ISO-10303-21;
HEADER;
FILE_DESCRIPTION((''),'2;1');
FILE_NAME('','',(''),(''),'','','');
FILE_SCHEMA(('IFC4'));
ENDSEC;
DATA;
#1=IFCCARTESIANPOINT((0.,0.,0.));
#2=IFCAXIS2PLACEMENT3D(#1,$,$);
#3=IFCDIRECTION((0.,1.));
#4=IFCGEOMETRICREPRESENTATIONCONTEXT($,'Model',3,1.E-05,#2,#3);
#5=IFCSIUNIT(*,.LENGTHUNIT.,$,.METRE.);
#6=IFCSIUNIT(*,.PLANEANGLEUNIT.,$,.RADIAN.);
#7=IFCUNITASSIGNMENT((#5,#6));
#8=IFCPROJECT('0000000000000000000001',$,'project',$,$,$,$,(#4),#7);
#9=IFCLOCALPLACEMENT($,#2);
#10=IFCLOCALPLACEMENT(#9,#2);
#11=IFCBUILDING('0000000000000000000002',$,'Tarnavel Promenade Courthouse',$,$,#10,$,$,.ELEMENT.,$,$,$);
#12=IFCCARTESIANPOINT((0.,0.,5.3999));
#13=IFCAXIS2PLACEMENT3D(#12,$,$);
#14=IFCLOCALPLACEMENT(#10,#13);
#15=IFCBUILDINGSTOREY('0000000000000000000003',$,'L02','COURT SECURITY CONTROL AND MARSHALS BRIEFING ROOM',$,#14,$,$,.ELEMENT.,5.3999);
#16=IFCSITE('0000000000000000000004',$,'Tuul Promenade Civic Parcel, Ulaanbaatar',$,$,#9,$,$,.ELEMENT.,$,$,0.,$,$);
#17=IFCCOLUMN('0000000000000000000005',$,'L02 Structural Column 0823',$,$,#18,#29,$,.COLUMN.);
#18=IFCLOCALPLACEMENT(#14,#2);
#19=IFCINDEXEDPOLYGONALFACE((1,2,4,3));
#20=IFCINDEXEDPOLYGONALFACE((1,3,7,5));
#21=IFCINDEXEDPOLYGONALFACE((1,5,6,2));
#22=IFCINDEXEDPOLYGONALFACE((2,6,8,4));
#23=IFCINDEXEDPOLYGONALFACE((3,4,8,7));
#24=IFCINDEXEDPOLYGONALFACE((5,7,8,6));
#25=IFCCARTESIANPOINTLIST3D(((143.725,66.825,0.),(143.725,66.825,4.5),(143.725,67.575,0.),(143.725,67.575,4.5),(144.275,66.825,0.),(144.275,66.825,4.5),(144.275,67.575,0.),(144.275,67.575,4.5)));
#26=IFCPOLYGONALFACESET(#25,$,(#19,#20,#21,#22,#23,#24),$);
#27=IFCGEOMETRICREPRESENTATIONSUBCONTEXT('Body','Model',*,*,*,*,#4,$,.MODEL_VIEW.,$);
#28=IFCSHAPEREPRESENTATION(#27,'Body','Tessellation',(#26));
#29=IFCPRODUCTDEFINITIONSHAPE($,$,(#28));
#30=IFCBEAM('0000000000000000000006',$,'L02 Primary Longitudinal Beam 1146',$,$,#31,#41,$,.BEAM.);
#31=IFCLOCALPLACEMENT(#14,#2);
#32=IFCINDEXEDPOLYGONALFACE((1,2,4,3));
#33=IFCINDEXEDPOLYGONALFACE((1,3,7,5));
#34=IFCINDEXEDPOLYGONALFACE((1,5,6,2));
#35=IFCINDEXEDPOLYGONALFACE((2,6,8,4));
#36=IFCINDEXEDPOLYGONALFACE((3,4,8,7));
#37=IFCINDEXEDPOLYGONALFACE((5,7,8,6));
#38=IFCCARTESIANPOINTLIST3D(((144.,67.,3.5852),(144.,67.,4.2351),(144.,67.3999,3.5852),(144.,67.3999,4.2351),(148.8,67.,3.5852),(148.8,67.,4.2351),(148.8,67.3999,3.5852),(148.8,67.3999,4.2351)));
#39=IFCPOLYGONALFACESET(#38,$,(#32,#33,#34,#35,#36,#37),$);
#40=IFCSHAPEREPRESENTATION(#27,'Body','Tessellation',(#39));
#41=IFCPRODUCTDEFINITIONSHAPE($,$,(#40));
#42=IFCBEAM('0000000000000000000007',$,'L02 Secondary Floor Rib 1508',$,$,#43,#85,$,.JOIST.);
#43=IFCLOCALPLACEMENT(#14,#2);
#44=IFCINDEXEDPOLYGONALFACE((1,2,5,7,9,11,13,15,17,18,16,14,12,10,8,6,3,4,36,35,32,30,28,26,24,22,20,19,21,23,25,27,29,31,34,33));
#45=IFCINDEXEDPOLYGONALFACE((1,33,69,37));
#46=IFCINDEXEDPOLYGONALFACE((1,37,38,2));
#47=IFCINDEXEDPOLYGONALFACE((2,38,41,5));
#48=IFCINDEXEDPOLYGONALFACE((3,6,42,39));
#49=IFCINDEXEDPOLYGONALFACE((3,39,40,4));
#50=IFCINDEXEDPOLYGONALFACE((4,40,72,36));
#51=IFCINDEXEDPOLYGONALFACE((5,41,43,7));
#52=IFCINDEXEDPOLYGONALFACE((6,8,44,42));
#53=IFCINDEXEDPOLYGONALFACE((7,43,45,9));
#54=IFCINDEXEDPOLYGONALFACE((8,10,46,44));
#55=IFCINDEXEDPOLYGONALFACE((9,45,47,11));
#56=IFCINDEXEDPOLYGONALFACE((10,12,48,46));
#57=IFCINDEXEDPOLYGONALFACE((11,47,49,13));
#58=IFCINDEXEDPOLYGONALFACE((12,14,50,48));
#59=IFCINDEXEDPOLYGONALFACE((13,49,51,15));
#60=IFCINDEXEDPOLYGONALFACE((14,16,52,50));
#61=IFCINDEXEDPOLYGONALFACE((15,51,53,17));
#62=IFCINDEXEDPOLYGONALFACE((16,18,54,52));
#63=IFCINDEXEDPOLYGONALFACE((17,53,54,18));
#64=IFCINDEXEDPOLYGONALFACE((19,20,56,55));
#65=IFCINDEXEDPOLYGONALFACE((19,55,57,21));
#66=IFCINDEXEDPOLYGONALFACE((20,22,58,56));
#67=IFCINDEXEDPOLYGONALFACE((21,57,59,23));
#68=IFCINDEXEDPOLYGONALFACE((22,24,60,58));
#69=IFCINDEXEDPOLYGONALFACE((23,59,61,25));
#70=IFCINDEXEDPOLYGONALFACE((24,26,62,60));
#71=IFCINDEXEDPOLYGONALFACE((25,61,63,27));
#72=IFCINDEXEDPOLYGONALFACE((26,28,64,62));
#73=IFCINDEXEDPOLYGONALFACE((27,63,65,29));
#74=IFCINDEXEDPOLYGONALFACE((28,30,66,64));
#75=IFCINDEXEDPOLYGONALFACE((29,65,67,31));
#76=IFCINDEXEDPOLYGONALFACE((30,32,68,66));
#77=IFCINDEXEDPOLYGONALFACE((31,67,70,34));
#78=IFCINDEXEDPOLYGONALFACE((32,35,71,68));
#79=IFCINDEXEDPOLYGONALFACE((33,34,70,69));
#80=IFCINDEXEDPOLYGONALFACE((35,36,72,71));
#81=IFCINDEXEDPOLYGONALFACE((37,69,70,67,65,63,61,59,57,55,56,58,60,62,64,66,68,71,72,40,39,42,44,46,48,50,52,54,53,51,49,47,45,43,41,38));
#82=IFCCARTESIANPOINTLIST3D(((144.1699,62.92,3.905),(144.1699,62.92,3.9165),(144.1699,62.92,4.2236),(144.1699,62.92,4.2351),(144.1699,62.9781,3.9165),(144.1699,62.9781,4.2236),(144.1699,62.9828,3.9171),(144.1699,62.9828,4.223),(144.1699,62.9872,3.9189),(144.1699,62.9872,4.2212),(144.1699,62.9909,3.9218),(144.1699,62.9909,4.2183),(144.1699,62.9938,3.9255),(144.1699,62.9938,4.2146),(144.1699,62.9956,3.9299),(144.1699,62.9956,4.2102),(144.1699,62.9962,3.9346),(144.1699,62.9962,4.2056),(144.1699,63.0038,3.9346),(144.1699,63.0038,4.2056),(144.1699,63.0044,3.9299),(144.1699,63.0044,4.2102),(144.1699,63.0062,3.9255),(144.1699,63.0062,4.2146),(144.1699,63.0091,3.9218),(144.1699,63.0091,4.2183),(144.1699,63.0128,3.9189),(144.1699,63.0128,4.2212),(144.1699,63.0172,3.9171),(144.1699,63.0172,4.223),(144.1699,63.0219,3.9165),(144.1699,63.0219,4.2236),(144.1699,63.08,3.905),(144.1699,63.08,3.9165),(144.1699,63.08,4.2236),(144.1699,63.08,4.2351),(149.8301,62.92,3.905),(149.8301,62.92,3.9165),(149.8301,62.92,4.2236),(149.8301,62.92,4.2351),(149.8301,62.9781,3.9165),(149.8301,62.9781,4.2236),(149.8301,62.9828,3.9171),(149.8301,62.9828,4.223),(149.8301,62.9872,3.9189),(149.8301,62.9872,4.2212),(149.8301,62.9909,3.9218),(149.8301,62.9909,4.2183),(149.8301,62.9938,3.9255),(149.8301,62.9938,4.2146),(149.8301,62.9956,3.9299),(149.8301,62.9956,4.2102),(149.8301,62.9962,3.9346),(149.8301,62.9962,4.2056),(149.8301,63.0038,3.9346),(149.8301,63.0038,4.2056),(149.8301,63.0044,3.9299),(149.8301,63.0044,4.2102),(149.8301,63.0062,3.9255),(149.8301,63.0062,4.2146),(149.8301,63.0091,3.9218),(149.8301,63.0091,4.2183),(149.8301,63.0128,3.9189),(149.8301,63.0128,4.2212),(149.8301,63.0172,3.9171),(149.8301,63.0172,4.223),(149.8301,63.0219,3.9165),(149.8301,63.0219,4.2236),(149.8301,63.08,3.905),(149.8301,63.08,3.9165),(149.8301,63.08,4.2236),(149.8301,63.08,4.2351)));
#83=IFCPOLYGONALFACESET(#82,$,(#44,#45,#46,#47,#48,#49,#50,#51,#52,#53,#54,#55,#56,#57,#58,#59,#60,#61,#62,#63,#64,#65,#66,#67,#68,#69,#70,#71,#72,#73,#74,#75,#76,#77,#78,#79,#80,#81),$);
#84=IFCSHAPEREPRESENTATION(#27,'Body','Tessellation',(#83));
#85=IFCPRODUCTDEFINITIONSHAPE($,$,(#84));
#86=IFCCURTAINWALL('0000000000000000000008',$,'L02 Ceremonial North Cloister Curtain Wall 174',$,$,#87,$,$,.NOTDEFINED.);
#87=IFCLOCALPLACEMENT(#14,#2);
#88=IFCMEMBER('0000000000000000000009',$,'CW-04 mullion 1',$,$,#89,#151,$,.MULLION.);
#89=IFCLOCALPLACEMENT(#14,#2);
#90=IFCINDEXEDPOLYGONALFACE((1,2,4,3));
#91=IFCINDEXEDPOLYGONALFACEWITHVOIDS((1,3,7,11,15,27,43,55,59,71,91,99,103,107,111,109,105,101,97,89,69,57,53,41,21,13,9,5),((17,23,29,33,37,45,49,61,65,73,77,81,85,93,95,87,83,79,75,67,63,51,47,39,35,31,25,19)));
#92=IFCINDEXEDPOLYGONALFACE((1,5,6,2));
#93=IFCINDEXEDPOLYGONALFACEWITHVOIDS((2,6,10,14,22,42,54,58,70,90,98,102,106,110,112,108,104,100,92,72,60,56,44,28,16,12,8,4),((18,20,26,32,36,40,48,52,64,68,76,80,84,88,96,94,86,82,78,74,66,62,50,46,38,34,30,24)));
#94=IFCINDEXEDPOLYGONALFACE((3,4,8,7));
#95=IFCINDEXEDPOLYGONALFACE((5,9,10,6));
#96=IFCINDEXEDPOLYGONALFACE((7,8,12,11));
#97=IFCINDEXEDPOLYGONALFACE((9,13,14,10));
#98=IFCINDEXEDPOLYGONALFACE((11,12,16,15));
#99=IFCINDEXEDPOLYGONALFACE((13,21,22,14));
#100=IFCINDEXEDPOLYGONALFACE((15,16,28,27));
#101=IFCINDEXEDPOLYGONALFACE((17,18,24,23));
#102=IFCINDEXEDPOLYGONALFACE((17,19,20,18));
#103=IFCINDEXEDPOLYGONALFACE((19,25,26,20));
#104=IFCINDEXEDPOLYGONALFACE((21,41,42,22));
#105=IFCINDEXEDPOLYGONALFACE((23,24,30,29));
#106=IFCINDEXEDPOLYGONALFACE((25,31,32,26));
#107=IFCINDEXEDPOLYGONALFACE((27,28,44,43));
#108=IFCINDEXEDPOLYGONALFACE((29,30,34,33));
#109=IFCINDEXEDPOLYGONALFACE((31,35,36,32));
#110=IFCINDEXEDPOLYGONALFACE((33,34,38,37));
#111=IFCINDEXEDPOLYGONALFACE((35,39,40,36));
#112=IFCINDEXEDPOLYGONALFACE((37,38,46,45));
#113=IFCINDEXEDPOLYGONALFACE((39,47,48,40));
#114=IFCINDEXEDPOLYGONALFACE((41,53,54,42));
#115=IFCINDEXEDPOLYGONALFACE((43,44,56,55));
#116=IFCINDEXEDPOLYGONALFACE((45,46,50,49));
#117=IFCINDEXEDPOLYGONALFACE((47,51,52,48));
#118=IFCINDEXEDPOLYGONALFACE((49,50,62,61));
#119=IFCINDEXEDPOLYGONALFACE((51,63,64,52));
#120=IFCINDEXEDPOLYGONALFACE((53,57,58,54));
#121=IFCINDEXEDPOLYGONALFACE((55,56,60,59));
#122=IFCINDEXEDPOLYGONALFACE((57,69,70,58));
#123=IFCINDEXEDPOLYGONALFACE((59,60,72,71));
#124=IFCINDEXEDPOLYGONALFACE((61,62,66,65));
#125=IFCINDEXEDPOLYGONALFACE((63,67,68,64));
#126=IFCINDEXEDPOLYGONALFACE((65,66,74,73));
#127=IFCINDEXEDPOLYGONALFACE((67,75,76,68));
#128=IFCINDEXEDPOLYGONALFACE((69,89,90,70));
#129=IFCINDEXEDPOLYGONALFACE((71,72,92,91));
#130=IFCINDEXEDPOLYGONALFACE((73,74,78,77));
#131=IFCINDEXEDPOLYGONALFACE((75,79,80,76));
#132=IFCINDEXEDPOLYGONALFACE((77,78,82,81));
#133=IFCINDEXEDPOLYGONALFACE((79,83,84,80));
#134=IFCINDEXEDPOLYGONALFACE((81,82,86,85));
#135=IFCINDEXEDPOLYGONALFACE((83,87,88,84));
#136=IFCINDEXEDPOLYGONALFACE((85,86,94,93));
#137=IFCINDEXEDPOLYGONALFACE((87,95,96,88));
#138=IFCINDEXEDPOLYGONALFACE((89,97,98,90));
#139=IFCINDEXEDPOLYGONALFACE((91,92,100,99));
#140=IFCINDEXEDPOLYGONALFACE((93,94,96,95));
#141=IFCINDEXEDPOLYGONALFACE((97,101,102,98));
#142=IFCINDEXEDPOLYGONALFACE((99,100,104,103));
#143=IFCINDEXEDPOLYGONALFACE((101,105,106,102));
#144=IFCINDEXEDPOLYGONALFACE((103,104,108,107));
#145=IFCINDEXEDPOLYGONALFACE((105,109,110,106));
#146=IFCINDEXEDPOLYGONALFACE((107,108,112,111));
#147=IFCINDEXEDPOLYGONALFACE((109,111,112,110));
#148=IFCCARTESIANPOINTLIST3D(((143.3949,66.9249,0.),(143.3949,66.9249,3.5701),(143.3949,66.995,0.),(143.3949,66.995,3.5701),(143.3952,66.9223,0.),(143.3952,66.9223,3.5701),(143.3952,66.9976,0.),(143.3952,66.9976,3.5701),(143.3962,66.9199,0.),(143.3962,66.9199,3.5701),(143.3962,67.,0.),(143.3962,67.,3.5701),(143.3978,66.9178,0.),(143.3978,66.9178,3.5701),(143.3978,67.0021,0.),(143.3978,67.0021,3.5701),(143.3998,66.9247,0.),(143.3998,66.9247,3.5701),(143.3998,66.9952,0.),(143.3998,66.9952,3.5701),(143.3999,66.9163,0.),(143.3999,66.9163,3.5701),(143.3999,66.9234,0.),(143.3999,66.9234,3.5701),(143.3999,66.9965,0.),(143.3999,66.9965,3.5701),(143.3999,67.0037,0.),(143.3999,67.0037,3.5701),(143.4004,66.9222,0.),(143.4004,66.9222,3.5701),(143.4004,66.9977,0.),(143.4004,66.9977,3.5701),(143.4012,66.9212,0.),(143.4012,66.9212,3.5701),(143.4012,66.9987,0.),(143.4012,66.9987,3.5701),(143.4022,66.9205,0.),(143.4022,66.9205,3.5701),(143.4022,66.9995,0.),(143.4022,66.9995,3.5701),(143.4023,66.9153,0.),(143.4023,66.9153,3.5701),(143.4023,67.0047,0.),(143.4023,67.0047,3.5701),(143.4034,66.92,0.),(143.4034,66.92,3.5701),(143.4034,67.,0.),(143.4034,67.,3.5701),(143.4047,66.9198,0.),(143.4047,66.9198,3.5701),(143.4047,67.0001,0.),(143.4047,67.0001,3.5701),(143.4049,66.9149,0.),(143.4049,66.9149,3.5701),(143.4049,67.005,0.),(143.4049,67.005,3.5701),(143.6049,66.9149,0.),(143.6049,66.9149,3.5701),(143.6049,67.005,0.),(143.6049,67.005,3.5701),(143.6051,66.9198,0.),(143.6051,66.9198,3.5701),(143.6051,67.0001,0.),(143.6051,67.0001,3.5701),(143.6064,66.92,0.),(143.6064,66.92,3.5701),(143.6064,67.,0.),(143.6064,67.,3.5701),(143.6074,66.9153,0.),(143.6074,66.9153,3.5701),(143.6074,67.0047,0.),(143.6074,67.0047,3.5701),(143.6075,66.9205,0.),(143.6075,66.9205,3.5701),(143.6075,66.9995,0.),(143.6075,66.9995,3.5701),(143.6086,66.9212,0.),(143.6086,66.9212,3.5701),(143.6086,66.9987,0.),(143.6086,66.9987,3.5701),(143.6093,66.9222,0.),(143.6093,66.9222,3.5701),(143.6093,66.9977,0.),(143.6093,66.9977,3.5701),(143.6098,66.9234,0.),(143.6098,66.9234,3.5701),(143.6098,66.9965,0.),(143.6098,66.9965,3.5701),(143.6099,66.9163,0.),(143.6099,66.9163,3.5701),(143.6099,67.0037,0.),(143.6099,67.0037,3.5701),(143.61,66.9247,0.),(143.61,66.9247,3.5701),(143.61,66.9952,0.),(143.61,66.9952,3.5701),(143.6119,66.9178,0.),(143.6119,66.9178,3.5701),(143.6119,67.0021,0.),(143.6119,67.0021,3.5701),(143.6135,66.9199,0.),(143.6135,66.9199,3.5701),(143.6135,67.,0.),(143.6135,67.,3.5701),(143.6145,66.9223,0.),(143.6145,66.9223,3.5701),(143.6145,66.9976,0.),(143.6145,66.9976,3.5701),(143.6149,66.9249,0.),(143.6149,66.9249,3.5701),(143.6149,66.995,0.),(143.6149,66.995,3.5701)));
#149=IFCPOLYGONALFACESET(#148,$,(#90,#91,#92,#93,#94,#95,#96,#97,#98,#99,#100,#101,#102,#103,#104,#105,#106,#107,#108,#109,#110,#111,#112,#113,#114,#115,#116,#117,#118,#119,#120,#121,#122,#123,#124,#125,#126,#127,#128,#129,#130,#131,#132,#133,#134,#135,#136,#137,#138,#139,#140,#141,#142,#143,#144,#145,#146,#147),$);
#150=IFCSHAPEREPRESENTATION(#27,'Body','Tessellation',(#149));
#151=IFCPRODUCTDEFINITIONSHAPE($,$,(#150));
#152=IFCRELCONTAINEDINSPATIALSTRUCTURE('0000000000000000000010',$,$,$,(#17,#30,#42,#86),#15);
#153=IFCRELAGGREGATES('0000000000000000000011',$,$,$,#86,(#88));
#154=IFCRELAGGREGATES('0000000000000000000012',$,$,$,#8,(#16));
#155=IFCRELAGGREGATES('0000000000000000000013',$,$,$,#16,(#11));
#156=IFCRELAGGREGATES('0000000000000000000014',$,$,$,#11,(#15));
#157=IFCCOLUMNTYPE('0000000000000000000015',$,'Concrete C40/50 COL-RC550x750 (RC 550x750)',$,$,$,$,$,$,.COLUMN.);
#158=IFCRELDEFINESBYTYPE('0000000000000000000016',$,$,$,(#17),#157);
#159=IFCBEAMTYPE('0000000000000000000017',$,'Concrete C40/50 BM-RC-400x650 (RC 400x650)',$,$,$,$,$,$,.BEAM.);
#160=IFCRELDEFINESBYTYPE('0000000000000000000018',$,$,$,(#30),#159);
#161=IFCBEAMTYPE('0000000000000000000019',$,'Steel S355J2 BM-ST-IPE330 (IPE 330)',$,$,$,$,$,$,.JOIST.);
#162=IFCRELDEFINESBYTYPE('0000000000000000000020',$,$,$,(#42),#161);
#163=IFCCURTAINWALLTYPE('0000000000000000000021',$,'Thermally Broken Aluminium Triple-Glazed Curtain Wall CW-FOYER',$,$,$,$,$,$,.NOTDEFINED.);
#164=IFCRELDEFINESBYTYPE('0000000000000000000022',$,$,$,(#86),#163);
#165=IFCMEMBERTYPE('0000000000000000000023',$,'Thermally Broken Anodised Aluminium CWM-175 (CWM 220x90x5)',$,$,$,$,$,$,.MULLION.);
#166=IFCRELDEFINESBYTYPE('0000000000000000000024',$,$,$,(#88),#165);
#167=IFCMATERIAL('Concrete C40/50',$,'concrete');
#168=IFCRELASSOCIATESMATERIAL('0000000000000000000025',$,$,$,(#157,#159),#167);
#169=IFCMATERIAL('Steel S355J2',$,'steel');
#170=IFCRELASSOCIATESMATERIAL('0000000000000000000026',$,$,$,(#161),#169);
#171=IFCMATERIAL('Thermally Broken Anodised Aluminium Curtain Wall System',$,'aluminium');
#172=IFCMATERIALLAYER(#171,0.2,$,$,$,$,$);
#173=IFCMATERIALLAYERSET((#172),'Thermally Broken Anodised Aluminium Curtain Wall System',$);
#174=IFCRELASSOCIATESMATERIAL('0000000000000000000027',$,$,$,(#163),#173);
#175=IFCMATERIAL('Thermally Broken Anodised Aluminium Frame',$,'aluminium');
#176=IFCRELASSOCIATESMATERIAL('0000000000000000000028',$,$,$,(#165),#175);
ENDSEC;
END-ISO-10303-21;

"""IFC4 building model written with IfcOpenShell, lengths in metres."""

from ifc_helpers import new_model, si_unit, direction, frame, origin, origin_2d, place, context, subcontext, project, spatial, rectangle, hollow_rectangle, i_section, extrude, material, layer, layer_set, material_profile, profile_set, type_object, element, aggregate, save


model = new_model("IFC4")

# Units and contexts
model_context = context("Model", 3, precision=1e-05, world=origin(), true_north=direction((0.0, 1.0)))
body_context = subcontext(model_context, "Body", "Model", "MODEL_VIEW")
ifc_project = project(units=[si_unit("LENGTHUNIT", "METRE"), si_unit("PLANEANGLEUNIT", "RADIAN")], contexts=[model_context])

# Site, building, storey
site_placement = place(None, origin())
site = spatial("IfcSite", under=ifc_project, at=site_placement, Name="Tuul Promenade Civic Parcel, Ulaanbaatar", CompositionType="ELEMENT", RefElevation=0.0)
building_placement = place(site_placement, origin())
building = spatial("IfcBuilding", under=site, at=building_placement, Name="Tarnavel Promenade Courthouse", CompositionType="ELEMENT")
storey_placement = place(building_placement, frame((0.0, 0.0, 5.3999)))
storey = spatial("IfcBuildingStorey", under=building, at=storey_placement, Name="L02", Description="COURT SECURITY CONTROL AND MARSHALS BRIEFING ROOM", CompositionType="ELEMENT", Elevation=5.3999)

# Column
ifc_material_1 = material(Name="Concrete C40/50", Category="concrete")
ifc_material_profile_1 = material_profile(ifc_material_1, rectangle(XDim=0.55, YDim=0.75, at=origin_2d()), Name="RC 550x750")
ifc_profile_set_1 = profile_set([ifc_material_profile_1], Name="Concrete C40/50")
column_type = type_object("IfcColumnType", Name="Concrete C40/50 COL-RC550x750 (RC 550x750)", PredefinedType="COLUMN", material=ifc_profile_set_1)
column_placement = place(storey_placement, frame((144.0, 67.2, 0.0), z_axis=(0.0, 0.0, 1.0), x_axis=(1.0, 0.0, 0.0)))
element("IfcColumn", 1, at=column_placement, inside=storey, type_object=column_type, Name="L02 Structural Column 0823", PredefinedType="COLUMN", context=body_context, shape_type="SweptSolid", body=[
    extrude(rectangle(XDim=0.55, YDim=0.75, at=origin_2d()), origin(), (0.0, 0.0, 1.0), 4.5),
])

# Beams
ifc_material_profile_2 = material_profile(ifc_material_1, rectangle(XDim=0.3999, YDim=0.6499, at=origin_2d()), Name="RC 400x650")
ifc_profile_set_2 = profile_set([ifc_material_profile_2], Name="Concrete C40/50")
beam_type_1 = type_object("IfcBeamType", Name="Concrete C40/50 BM-RC-400x650 (RC 400x650)", PredefinedType="BEAM", material=ifc_profile_set_2)
beam_1_placement = place(storey_placement, frame((144.0, 67.2, 3.9102), z_axis=(1.0, 0.0, 0.0), x_axis=(0.0, 1.0, 0.0)))
element("IfcBeam", 2, at=beam_1_placement, inside=storey, type_object=beam_type_1, Name="L02 Primary Longitudinal Beam 1146", PredefinedType="BEAM", context=body_context, shape_type="SweptSolid", body=[
    extrude(rectangle(XDim=0.3999, YDim=0.6499, at=origin_2d()), origin(), (0.0, 0.0, 1.0), 4.8),
])
ifc_material_2 = material(Name="Steel S355J2", Category="steel")
ifc_material_profile_3 = material_profile(ifc_material_2, i_section(OverallWidth=0.1599, OverallDepth=0.3301, WebThickness=0.0076, FlangeThickness=0.0115, FilletRadius=0.0181, at=origin_2d()), Name="IPE 330")
ifc_profile_set_3 = profile_set([ifc_material_profile_3], Name="Steel S355J2")
beam_type_2 = type_object("IfcBeamType", Name="Steel S355J2 BM-ST-IPE330 (IPE 330)", PredefinedType="JOIST", material=ifc_profile_set_3)
beam_2_placement = place(storey_placement, frame((144.1699, 63.0, 4.0701), z_axis=(1.0, 0.0, 0.0), x_axis=(0.0, 1.0, 0.0)))
element("IfcBeam", 3, at=beam_2_placement, inside=storey, type_object=beam_type_2, Name="L02 Secondary Floor Rib 1508", PredefinedType="JOIST", context=body_context, shape_type="SweptSolid", body=[
    extrude(i_section(OverallWidth=0.1599, OverallDepth=0.3301, WebThickness=0.0076, FlangeThickness=0.0115, FilletRadius=0.0181, at=origin_2d()), origin(), (0.0, 0.0, 1.0), 5.6602),
])

# Curtain wall, member
ifc_material_3 = material(Name="Thermally Broken Anodised Aluminium Curtain Wall System", Category="aluminium")
ifc_layer_1 = layer(ifc_material_3, 0.2)
ifc_layer_set_1 = layer_set([ifc_layer_1], Name="Thermally Broken Anodised Aluminium Curtain Wall System")
curtain_wall_type = type_object("IfcCurtainWallType", Name="Thermally Broken Aluminium Triple-Glazed Curtain Wall CW-FOYER", PredefinedType="NOTDEFINED", material=ifc_layer_set_1)
curtain_wall_1_placement = place(storey_placement, origin())
curtain_wall_1 = element("IfcCurtainWall", 4, at=curtain_wall_1_placement, inside=storey, type_object=curtain_wall_type, Name="L02 Ceremonial North Cloister Curtain Wall 174", PredefinedType="NOTDEFINED")
ifc_material_4 = material(Name="Thermally Broken Anodised Aluminium Frame", Category="aluminium")
ifc_material_profile_4 = material_profile(ifc_material_4, hollow_rectangle(XDim=0.0901, YDim=0.22, WallThickness=0.0049, InnerFilletRadius=0.0049, OuterFilletRadius=0.01, at=origin_2d()), Name="CWM 220x90x5")
ifc_profile_set_4 = profile_set([ifc_material_profile_4], Name="Thermally Broken Anodised Aluminium Frame")
member_type_1 = type_object("IfcMemberType", Name="Thermally Broken Anodised Aluminium CWM-175 (CWM 220x90x5)", PredefinedType="MULLION", material=ifc_profile_set_4)
member_1_placement = place(storey_placement, frame((143.5049, 66.96, 0.0), z_axis=(0.0, 0.0, 1.0), x_axis=(0.0, -1.0, 0.0)))
member_1 = element("IfcMember", 5, at=member_1_placement, type_object=member_type_1, Name="CW-04 mullion 1", PredefinedType="MULLION", context=body_context, shape_type="SweptSolid", body=[
    extrude(hollow_rectangle(XDim=0.0901, YDim=0.22, WallThickness=0.0049, InnerFilletRadius=0.0049, OuterFilletRadius=0.01, at=origin_2d()), origin(), (0.0, 0.0, 1.0), 3.5701),
])

aggregate(curtain_wall_1, [member_1])

save(model, "model.ifc")
